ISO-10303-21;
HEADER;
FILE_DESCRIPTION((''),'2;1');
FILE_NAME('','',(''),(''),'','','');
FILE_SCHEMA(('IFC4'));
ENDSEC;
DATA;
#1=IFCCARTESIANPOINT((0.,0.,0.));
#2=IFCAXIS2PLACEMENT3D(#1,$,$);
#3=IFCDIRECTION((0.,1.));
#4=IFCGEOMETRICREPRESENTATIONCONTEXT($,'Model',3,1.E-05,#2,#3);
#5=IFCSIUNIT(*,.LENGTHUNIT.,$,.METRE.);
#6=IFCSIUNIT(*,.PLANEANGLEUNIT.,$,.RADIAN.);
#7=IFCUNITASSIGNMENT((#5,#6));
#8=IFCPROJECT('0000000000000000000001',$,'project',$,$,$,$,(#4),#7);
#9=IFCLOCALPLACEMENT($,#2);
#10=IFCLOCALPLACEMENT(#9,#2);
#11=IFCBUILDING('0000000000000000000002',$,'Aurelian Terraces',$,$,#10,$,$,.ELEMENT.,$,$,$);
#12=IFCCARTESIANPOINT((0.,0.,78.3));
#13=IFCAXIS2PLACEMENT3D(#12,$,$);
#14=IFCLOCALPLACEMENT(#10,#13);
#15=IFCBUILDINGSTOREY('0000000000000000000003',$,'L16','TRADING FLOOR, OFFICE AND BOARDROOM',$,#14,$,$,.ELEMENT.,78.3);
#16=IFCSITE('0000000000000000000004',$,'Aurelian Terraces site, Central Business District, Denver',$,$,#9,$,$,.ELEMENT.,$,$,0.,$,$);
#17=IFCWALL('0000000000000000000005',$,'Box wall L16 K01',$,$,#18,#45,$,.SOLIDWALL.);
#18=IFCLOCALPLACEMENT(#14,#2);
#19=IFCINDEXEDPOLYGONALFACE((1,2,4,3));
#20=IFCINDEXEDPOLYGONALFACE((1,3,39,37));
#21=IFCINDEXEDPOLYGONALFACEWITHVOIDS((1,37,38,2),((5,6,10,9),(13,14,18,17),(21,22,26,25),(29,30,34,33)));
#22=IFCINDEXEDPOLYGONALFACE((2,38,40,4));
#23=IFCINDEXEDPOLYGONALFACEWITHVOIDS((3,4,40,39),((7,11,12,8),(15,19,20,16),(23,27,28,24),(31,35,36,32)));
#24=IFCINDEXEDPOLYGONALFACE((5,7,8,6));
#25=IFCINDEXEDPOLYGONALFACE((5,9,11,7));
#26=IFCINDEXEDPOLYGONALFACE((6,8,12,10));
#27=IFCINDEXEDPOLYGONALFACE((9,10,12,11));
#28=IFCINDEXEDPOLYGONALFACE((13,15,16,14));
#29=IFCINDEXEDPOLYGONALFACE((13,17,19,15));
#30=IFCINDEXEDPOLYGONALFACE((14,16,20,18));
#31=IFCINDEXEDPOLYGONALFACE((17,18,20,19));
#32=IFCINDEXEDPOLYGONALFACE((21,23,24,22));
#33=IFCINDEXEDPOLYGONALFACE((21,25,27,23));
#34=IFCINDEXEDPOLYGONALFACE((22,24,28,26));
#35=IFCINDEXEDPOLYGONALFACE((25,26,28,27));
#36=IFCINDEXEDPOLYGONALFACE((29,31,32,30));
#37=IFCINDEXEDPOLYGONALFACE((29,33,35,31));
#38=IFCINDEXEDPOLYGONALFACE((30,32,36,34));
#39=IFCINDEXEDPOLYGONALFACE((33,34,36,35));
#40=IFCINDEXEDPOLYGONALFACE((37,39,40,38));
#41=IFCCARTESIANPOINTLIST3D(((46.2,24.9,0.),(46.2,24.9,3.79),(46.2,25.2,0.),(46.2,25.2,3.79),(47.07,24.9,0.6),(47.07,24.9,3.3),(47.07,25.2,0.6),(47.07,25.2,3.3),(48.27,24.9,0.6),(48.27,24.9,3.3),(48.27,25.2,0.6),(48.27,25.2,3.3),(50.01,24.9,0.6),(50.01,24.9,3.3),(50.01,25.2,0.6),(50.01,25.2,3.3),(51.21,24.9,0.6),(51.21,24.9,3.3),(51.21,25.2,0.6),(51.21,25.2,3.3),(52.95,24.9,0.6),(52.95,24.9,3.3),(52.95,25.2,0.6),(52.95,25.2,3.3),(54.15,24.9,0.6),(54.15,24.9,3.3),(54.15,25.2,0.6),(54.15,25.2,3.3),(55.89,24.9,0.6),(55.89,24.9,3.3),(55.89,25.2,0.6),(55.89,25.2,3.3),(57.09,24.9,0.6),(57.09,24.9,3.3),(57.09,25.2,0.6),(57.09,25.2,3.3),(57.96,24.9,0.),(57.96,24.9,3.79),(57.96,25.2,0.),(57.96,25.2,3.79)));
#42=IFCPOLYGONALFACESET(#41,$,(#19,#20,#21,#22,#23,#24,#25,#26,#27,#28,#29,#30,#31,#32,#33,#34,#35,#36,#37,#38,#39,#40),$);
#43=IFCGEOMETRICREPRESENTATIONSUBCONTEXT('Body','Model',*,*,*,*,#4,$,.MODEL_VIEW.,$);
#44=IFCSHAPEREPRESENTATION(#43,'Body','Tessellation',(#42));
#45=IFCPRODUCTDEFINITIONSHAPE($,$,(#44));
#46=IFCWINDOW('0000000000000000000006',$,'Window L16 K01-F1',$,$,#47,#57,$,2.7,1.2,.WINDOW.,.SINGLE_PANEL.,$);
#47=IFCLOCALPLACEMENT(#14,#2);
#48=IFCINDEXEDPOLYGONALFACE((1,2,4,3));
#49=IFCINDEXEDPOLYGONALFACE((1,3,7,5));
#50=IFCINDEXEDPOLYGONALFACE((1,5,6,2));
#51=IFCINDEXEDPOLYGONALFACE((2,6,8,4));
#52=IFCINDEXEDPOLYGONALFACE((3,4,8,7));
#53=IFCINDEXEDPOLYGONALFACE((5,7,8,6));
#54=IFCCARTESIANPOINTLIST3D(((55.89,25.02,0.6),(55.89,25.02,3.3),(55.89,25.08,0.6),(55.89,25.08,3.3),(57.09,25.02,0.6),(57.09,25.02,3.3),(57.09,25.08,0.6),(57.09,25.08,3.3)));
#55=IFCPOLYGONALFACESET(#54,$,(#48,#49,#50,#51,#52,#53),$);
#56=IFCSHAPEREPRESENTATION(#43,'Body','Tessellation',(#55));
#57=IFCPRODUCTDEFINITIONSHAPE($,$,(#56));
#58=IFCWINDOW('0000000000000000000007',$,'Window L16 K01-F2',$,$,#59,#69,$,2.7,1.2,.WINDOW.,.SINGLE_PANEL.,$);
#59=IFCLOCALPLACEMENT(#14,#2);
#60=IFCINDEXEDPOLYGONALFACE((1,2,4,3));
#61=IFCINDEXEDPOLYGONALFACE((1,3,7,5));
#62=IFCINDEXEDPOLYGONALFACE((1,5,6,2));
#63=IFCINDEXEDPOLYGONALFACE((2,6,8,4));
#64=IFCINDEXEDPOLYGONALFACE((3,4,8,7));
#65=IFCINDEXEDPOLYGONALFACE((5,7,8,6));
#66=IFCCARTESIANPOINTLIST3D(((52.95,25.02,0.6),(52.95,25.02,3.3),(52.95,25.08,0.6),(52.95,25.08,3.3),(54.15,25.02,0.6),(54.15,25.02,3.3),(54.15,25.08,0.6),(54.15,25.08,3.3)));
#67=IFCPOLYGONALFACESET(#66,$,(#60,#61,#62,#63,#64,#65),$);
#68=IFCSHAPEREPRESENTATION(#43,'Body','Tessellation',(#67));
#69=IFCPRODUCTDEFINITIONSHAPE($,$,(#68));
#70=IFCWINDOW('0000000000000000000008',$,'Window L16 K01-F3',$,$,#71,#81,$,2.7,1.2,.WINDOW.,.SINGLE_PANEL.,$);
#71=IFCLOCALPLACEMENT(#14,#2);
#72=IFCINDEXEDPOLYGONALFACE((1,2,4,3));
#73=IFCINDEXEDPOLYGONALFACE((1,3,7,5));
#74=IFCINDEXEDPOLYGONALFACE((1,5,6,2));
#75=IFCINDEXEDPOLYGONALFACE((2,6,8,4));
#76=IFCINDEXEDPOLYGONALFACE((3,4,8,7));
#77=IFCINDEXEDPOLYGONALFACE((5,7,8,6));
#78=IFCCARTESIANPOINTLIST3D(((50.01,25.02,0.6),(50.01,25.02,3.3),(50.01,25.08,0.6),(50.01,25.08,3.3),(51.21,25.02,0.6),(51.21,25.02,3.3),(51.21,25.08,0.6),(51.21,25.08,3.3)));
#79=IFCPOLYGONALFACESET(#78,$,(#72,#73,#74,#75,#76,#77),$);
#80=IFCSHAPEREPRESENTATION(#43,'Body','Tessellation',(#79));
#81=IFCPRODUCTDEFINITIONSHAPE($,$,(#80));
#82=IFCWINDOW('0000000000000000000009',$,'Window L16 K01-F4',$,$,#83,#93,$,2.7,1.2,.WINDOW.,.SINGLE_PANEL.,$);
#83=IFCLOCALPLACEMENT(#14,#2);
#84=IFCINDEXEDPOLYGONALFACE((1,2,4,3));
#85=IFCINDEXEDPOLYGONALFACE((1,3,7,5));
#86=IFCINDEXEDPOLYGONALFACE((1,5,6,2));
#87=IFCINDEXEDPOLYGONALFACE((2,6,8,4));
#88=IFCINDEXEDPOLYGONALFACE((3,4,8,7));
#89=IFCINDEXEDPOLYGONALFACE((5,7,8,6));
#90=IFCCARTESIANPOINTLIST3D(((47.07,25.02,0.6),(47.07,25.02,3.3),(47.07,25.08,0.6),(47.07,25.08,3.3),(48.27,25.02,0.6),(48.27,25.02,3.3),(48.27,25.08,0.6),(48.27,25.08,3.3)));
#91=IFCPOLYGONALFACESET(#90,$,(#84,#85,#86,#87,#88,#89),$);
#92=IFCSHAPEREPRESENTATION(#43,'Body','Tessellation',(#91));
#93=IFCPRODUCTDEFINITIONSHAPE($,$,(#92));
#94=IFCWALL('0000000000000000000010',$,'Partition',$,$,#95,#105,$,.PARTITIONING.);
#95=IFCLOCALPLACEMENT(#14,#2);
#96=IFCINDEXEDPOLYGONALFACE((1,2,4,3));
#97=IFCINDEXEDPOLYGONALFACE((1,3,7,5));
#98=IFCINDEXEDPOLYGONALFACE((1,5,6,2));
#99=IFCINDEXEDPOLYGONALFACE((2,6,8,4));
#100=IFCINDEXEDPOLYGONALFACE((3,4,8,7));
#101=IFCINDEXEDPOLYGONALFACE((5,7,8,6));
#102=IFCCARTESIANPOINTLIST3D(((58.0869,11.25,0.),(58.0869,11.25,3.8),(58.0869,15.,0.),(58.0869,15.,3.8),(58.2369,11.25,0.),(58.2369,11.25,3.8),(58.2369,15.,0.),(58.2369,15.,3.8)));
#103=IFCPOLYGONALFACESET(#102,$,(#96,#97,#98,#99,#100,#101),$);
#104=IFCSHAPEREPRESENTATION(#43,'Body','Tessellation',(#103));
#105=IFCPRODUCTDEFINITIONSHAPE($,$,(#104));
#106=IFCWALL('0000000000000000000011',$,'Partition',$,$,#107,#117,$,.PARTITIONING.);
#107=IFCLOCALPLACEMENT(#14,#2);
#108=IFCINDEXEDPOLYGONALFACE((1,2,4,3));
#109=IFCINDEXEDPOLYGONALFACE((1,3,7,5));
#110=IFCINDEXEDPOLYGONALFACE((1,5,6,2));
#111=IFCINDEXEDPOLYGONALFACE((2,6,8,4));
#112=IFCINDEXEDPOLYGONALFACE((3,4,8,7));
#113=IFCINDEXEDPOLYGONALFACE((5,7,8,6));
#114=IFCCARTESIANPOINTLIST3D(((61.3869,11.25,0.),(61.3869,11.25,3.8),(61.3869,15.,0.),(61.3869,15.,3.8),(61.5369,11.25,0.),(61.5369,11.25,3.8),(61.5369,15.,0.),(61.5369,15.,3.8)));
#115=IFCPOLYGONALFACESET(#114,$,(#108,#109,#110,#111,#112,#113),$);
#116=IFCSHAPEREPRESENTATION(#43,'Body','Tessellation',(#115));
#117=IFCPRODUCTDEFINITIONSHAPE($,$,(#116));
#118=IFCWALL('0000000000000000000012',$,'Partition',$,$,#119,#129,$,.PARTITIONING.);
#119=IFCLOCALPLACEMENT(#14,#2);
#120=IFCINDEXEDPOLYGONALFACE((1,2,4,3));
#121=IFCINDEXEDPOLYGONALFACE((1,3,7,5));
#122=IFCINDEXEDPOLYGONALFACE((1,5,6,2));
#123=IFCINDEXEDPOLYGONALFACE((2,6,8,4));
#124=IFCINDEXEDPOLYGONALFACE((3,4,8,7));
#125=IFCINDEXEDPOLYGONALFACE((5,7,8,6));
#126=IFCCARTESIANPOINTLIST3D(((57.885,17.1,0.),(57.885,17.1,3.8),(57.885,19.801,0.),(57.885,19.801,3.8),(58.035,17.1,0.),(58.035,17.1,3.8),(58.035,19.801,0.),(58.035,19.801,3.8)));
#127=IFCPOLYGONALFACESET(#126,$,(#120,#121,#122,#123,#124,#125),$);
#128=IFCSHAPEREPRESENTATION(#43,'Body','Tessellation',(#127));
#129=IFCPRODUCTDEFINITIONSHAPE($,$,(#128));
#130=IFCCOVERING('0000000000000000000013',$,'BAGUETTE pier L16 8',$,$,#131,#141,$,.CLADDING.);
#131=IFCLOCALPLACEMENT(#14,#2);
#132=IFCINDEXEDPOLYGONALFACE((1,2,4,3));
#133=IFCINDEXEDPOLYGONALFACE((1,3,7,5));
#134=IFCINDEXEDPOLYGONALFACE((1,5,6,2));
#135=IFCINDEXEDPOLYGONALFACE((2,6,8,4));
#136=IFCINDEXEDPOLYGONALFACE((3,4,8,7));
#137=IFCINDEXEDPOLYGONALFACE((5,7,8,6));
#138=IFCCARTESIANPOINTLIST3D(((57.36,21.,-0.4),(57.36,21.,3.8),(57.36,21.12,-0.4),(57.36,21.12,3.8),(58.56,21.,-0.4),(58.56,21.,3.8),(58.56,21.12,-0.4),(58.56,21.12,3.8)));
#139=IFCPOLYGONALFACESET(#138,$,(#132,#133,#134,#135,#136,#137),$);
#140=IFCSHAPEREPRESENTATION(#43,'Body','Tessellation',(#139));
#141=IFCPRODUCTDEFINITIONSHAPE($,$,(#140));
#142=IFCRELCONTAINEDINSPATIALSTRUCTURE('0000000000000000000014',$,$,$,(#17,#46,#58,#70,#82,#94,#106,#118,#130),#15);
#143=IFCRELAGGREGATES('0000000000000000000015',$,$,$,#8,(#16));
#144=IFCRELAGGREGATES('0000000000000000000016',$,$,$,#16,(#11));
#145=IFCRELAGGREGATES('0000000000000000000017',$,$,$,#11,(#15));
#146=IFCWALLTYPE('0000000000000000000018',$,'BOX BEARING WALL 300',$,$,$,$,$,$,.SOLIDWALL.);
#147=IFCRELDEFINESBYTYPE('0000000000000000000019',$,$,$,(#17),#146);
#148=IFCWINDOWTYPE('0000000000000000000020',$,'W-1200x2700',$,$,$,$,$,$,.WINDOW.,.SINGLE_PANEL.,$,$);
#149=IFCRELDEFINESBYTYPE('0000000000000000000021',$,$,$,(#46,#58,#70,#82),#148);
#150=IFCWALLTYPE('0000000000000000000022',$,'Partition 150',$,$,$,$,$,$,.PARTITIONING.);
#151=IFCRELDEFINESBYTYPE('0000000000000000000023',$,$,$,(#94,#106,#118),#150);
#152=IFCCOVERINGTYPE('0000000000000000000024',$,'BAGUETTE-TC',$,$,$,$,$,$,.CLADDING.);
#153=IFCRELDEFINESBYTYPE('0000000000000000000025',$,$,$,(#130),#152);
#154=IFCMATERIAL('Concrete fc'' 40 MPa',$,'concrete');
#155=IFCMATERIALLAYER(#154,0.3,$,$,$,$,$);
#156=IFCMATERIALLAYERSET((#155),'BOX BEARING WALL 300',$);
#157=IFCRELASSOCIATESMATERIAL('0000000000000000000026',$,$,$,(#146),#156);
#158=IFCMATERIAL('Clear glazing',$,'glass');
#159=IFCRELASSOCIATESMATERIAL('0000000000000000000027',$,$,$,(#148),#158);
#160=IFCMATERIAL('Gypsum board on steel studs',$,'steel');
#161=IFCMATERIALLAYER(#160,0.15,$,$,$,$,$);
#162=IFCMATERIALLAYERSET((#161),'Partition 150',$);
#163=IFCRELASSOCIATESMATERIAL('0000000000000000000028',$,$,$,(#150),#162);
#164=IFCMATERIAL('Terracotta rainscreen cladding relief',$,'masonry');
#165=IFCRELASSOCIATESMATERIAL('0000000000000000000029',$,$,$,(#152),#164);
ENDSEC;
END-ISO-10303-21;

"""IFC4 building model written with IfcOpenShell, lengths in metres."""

from ifc_helpers import new_model, si_unit, direction, frame, frame_2d, origin, origin_2d, place, context, subcontext, project, spatial, rectangle, extrude, source, transform, mapped, material, layer, layer_set, type_object, element, fill, save


model = new_model("IFC4")

# Units and contexts
model_context = context("Model", 3, precision=1e-05, world=origin(), true_north=direction((0.0, 1.0)))
body_context = subcontext(model_context, "Body", "Model", "MODEL_VIEW")
ifc_project = project(units=[si_unit("LENGTHUNIT", "METRE"), si_unit("PLANEANGLEUNIT", "RADIAN")], contexts=[model_context])

# Site, building, storey
site_placement = place(None, origin())
site = spatial("IfcSite", under=ifc_project, at=site_placement, Name="Aurelian Terraces site, Central Business District, Denver", CompositionType="ELEMENT", RefElevation=0.0)
building_placement = place(site_placement, origin())
building = spatial("IfcBuilding", under=site, at=building_placement, Name="Aurelian Terraces", CompositionType="ELEMENT")
storey_placement = place(building_placement, frame((0.0, 0.0, 78.3)))
storey = spatial("IfcBuildingStorey", under=building, at=storey_placement, Name="L16", Description="TRADING FLOOR, OFFICE AND BOARDROOM", CompositionType="ELEMENT", Elevation=78.3)

# Shared definitions
ifc_material_1 = material(Name="Concrete fc' 40 MPa", Category="concrete")
ifc_material_2 = material(Name="Clear glazing", Category="glass")

# Wall, openings, windows
ifc_layer_1 = layer(ifc_material_1, 0.3)
ifc_layer_set_1 = layer_set([ifc_layer_1], Name="BOX BEARING WALL 300")
wall_type_1 = type_object("IfcWallType", Name="BOX BEARING WALL 300", PredefinedType="SOLIDWALL", material=ifc_layer_set_1)
shared_shape_1 = source(origin(), body_context, "Body", "SweptSolid", [
    extrude(rectangle(XDim=11.76, YDim=0.3, at=frame_2d((5.88, 0.0))), origin(), (0.0, 0.0, 1.0), 3.79),
])
wall_1_placement = place(storey_placement, frame((57.96, 25.05, 0.0), z_axis=(0.0, 0.0, 1.0), x_axis=(-1.0, 0.0, 0.0)))
wall_1 = element("IfcWall", 1, at=wall_1_placement, inside=storey, type_object=wall_type_1, Name="Box wall L16 K01", PredefinedType="SOLIDWALL", context=body_context, shape_type="MappedRepresentation", body=[
    mapped(shared_shape_1, transform((0.0, 0.0, 0.0), scale=1.0)),
])
shared_shape_2 = source(origin(), body_context, "Body", "SweptSolid", [
    extrude(rectangle(XDim=1.2, YDim=2.7, at=frame_2d((0.6, 1.35))), frame((0.0, 0.16, 0.0), z_axis=(0.0, -1.0, 0.0), x_axis=(1.0, 0.0, 0.0)), (0.0, 0.0, 1.0), 0.32),
])
opening_1_placement = place(wall_1_placement, frame((0.87, 0.0, 0.6)))
opening_1 = element("IfcOpeningElement", 2, at=opening_1_placement, cuts=wall_1, PredefinedType="OPENING", context=body_context, shape_type="MappedRepresentation", body=[
    mapped(shared_shape_2, transform((0.0, 0.0, 0.0), scale=1.0)),
])
opening_2_placement = place(wall_1_placement, frame((3.81, 0.0, 0.6)))
opening_2 = element("IfcOpeningElement", 3, at=opening_2_placement, cuts=wall_1, PredefinedType="OPENING", context=body_context, shape_type="MappedRepresentation", body=[
    mapped(shared_shape_2, transform((0.0, 0.0, 0.0), scale=1.0)),
])
opening_3_placement = place(wall_1_placement, frame((6.75, 0.0, 0.6)))
opening_3 = element("IfcOpeningElement", 4, at=opening_3_placement, cuts=wall_1, PredefinedType="OPENING", context=body_context, shape_type="MappedRepresentation", body=[
    mapped(shared_shape_2, transform((0.0, 0.0, 0.0), scale=1.0)),
])
opening_4_placement = place(wall_1_placement, frame((9.69, 0.0, 0.6)))
opening_4 = element("IfcOpeningElement", 5, at=opening_4_placement, cuts=wall_1, PredefinedType="OPENING", context=body_context, shape_type="MappedRepresentation", body=[
    mapped(shared_shape_2, transform((0.0, 0.0, 0.0), scale=1.0)),
])
window_type_1 = type_object("IfcWindowType", Name="W-1200x2700", PartitioningType="SINGLE_PANEL", PredefinedType="WINDOW", material=ifc_material_2)
shared_shape_3 = source(origin(), body_context, "Body", "SweptSolid", [
    extrude(rectangle(XDim=1.2, YDim=2.7, at=frame_2d((0.6, 1.35))), frame((0.0, 0.03, 0.0), z_axis=(0.0, -1.0, 0.0), x_axis=(1.0, 0.0, 0.0)), (0.0, 0.0, 1.0), 0.06),
])
window_1_placement = place(opening_1_placement, origin())
window_1 = element("IfcWindow", 6, at=window_1_placement, inside=storey, type_object=window_type_1, Name="Window L16 K01-F1", OverallHeight=2.7, OverallWidth=1.2, PartitioningType="SINGLE_PANEL", PredefinedType="WINDOW", context=body_context, shape_type="MappedRepresentation", body=[
    mapped(shared_shape_3, transform((0.0, 0.0, 0.0), scale=1.0)),
])
fill(opening_1, window_1)
window_2_placement = place(opening_2_placement, origin())
window_2 = element("IfcWindow", 7, at=window_2_placement, inside=storey, type_object=window_type_1, Name="Window L16 K01-F2", OverallHeight=2.7, OverallWidth=1.2, PartitioningType="SINGLE_PANEL", PredefinedType="WINDOW", context=body_context, shape_type="MappedRepresentation", body=[
    mapped(shared_shape_3, transform((0.0, 0.0, 0.0), scale=1.0)),
])
fill(opening_2, window_2)
window_3_placement = place(opening_3_placement, origin())
window_3 = element("IfcWindow", 8, at=window_3_placement, inside=storey, type_object=window_type_1, Name="Window L16 K01-F3", OverallHeight=2.7, OverallWidth=1.2, PartitioningType="SINGLE_PANEL", PredefinedType="WINDOW", context=body_context, shape_type="MappedRepresentation", body=[
    mapped(shared_shape_3, transform((0.0, 0.0, 0.0), scale=1.0)),
])
fill(opening_3, window_3)
window_4_placement = place(opening_4_placement, origin())
window_4 = element("IfcWindow", 9, at=window_4_placement, inside=storey, type_object=window_type_1, Name="Window L16 K01-F4", OverallHeight=2.7, OverallWidth=1.2, PartitioningType="SINGLE_PANEL", PredefinedType="WINDOW", context=body_context, shape_type="MappedRepresentation", body=[
    mapped(shared_shape_3, transform((0.0, 0.0, 0.0), scale=1.0)),
])
fill(opening_4, window_4)

# Walls
ifc_material_3 = material(Name="Gypsum board on steel studs", Category="steel")
ifc_layer_2 = layer(ifc_material_3, 0.15)
ifc_layer_set_2 = layer_set([ifc_layer_2], Name="Partition 150")
wall_type_2 = type_object("IfcWallType", Name="Partition 150", PredefinedType="PARTITIONING", material=ifc_layer_set_2)
shared_shape_4 = source(origin(), body_context, "Body", "SweptSolid", [
    extrude(rectangle(XDim=3.75, YDim=0.15, at=frame_2d((1.875, 0.0))), origin(), (0.0, 0.0, 1.0), 3.8),
])
for number, where, z_axis, x_axis, name in (
    (10, (58.1619, 11.25, 0.0), (0.0, 0.0, 1.0), (0.0, 1.0, 0.0), "Partition"),
    (11, (61.4619, 11.25, 0.0), (0.0, 0.0, 1.0), (0.0, 1.0, 0.0), "Partition"),
):
    element("IfcWall", number, at=place(storey_placement, frame(where, z_axis=z_axis, x_axis=x_axis)), inside=storey, type_object=wall_type_2, Name=name, PredefinedType="PARTITIONING", context=body_context, shape_type="MappedRepresentation", body=[
        mapped(shared_shape_4, transform((0.0, 0.0, 0.0), scale=1.0)),
    ])
shared_shape_5 = source(origin(), body_context, "Body", "SweptSolid", [
    extrude(rectangle(XDim=2.701, YDim=0.15, at=frame_2d((1.3505, 0.0))), origin(), (0.0, 0.0, 1.0), 3.8),
])
wall_2_placement = place(storey_placement, frame((57.96, 17.1, 0.0), z_axis=(0.0, 0.0, 1.0), x_axis=(0.0, 1.0, 0.0)))
element("IfcWall", 12, at=wall_2_placement, inside=storey, type_object=wall_type_2, Name="Partition", PredefinedType="PARTITIONING", context=body_context, shape_type="MappedRepresentation", body=[
    mapped(shared_shape_5, transform((0.0, 0.0, 0.0), scale=1.0)),
])

# Covering
ifc_material_4 = material(Name="Terracotta rainscreen cladding relief", Category="masonry")
covering_type = type_object("IfcCoveringType", Name="BAGUETTE-TC", PredefinedType="CLADDING", material=ifc_material_4)
shared_shape_6 = source(origin(), body_context, "Body", "SweptSolid", [
    extrude(rectangle(XDim=1.2, YDim=0.12, at=origin_2d()), origin(), (0.0, 0.0, 1.0), 4.2),
])
covering_placement = place(storey_placement, frame((57.96, 21.06, -0.4), z_axis=(0.0, 0.0, 1.0), x_axis=(1.0, 0.0, 0.0)))
element("IfcCovering", 13, at=covering_placement, inside=storey, type_object=covering_type, Name="BAGUETTE pier L16 8", PredefinedType="CLADDING", context=body_context, shape_type="MappedRepresentation", body=[
    mapped(shared_shape_6, transform((0.0, 0.0, 0.0), scale=1.0)),
])

save(model, "model.ifc")
